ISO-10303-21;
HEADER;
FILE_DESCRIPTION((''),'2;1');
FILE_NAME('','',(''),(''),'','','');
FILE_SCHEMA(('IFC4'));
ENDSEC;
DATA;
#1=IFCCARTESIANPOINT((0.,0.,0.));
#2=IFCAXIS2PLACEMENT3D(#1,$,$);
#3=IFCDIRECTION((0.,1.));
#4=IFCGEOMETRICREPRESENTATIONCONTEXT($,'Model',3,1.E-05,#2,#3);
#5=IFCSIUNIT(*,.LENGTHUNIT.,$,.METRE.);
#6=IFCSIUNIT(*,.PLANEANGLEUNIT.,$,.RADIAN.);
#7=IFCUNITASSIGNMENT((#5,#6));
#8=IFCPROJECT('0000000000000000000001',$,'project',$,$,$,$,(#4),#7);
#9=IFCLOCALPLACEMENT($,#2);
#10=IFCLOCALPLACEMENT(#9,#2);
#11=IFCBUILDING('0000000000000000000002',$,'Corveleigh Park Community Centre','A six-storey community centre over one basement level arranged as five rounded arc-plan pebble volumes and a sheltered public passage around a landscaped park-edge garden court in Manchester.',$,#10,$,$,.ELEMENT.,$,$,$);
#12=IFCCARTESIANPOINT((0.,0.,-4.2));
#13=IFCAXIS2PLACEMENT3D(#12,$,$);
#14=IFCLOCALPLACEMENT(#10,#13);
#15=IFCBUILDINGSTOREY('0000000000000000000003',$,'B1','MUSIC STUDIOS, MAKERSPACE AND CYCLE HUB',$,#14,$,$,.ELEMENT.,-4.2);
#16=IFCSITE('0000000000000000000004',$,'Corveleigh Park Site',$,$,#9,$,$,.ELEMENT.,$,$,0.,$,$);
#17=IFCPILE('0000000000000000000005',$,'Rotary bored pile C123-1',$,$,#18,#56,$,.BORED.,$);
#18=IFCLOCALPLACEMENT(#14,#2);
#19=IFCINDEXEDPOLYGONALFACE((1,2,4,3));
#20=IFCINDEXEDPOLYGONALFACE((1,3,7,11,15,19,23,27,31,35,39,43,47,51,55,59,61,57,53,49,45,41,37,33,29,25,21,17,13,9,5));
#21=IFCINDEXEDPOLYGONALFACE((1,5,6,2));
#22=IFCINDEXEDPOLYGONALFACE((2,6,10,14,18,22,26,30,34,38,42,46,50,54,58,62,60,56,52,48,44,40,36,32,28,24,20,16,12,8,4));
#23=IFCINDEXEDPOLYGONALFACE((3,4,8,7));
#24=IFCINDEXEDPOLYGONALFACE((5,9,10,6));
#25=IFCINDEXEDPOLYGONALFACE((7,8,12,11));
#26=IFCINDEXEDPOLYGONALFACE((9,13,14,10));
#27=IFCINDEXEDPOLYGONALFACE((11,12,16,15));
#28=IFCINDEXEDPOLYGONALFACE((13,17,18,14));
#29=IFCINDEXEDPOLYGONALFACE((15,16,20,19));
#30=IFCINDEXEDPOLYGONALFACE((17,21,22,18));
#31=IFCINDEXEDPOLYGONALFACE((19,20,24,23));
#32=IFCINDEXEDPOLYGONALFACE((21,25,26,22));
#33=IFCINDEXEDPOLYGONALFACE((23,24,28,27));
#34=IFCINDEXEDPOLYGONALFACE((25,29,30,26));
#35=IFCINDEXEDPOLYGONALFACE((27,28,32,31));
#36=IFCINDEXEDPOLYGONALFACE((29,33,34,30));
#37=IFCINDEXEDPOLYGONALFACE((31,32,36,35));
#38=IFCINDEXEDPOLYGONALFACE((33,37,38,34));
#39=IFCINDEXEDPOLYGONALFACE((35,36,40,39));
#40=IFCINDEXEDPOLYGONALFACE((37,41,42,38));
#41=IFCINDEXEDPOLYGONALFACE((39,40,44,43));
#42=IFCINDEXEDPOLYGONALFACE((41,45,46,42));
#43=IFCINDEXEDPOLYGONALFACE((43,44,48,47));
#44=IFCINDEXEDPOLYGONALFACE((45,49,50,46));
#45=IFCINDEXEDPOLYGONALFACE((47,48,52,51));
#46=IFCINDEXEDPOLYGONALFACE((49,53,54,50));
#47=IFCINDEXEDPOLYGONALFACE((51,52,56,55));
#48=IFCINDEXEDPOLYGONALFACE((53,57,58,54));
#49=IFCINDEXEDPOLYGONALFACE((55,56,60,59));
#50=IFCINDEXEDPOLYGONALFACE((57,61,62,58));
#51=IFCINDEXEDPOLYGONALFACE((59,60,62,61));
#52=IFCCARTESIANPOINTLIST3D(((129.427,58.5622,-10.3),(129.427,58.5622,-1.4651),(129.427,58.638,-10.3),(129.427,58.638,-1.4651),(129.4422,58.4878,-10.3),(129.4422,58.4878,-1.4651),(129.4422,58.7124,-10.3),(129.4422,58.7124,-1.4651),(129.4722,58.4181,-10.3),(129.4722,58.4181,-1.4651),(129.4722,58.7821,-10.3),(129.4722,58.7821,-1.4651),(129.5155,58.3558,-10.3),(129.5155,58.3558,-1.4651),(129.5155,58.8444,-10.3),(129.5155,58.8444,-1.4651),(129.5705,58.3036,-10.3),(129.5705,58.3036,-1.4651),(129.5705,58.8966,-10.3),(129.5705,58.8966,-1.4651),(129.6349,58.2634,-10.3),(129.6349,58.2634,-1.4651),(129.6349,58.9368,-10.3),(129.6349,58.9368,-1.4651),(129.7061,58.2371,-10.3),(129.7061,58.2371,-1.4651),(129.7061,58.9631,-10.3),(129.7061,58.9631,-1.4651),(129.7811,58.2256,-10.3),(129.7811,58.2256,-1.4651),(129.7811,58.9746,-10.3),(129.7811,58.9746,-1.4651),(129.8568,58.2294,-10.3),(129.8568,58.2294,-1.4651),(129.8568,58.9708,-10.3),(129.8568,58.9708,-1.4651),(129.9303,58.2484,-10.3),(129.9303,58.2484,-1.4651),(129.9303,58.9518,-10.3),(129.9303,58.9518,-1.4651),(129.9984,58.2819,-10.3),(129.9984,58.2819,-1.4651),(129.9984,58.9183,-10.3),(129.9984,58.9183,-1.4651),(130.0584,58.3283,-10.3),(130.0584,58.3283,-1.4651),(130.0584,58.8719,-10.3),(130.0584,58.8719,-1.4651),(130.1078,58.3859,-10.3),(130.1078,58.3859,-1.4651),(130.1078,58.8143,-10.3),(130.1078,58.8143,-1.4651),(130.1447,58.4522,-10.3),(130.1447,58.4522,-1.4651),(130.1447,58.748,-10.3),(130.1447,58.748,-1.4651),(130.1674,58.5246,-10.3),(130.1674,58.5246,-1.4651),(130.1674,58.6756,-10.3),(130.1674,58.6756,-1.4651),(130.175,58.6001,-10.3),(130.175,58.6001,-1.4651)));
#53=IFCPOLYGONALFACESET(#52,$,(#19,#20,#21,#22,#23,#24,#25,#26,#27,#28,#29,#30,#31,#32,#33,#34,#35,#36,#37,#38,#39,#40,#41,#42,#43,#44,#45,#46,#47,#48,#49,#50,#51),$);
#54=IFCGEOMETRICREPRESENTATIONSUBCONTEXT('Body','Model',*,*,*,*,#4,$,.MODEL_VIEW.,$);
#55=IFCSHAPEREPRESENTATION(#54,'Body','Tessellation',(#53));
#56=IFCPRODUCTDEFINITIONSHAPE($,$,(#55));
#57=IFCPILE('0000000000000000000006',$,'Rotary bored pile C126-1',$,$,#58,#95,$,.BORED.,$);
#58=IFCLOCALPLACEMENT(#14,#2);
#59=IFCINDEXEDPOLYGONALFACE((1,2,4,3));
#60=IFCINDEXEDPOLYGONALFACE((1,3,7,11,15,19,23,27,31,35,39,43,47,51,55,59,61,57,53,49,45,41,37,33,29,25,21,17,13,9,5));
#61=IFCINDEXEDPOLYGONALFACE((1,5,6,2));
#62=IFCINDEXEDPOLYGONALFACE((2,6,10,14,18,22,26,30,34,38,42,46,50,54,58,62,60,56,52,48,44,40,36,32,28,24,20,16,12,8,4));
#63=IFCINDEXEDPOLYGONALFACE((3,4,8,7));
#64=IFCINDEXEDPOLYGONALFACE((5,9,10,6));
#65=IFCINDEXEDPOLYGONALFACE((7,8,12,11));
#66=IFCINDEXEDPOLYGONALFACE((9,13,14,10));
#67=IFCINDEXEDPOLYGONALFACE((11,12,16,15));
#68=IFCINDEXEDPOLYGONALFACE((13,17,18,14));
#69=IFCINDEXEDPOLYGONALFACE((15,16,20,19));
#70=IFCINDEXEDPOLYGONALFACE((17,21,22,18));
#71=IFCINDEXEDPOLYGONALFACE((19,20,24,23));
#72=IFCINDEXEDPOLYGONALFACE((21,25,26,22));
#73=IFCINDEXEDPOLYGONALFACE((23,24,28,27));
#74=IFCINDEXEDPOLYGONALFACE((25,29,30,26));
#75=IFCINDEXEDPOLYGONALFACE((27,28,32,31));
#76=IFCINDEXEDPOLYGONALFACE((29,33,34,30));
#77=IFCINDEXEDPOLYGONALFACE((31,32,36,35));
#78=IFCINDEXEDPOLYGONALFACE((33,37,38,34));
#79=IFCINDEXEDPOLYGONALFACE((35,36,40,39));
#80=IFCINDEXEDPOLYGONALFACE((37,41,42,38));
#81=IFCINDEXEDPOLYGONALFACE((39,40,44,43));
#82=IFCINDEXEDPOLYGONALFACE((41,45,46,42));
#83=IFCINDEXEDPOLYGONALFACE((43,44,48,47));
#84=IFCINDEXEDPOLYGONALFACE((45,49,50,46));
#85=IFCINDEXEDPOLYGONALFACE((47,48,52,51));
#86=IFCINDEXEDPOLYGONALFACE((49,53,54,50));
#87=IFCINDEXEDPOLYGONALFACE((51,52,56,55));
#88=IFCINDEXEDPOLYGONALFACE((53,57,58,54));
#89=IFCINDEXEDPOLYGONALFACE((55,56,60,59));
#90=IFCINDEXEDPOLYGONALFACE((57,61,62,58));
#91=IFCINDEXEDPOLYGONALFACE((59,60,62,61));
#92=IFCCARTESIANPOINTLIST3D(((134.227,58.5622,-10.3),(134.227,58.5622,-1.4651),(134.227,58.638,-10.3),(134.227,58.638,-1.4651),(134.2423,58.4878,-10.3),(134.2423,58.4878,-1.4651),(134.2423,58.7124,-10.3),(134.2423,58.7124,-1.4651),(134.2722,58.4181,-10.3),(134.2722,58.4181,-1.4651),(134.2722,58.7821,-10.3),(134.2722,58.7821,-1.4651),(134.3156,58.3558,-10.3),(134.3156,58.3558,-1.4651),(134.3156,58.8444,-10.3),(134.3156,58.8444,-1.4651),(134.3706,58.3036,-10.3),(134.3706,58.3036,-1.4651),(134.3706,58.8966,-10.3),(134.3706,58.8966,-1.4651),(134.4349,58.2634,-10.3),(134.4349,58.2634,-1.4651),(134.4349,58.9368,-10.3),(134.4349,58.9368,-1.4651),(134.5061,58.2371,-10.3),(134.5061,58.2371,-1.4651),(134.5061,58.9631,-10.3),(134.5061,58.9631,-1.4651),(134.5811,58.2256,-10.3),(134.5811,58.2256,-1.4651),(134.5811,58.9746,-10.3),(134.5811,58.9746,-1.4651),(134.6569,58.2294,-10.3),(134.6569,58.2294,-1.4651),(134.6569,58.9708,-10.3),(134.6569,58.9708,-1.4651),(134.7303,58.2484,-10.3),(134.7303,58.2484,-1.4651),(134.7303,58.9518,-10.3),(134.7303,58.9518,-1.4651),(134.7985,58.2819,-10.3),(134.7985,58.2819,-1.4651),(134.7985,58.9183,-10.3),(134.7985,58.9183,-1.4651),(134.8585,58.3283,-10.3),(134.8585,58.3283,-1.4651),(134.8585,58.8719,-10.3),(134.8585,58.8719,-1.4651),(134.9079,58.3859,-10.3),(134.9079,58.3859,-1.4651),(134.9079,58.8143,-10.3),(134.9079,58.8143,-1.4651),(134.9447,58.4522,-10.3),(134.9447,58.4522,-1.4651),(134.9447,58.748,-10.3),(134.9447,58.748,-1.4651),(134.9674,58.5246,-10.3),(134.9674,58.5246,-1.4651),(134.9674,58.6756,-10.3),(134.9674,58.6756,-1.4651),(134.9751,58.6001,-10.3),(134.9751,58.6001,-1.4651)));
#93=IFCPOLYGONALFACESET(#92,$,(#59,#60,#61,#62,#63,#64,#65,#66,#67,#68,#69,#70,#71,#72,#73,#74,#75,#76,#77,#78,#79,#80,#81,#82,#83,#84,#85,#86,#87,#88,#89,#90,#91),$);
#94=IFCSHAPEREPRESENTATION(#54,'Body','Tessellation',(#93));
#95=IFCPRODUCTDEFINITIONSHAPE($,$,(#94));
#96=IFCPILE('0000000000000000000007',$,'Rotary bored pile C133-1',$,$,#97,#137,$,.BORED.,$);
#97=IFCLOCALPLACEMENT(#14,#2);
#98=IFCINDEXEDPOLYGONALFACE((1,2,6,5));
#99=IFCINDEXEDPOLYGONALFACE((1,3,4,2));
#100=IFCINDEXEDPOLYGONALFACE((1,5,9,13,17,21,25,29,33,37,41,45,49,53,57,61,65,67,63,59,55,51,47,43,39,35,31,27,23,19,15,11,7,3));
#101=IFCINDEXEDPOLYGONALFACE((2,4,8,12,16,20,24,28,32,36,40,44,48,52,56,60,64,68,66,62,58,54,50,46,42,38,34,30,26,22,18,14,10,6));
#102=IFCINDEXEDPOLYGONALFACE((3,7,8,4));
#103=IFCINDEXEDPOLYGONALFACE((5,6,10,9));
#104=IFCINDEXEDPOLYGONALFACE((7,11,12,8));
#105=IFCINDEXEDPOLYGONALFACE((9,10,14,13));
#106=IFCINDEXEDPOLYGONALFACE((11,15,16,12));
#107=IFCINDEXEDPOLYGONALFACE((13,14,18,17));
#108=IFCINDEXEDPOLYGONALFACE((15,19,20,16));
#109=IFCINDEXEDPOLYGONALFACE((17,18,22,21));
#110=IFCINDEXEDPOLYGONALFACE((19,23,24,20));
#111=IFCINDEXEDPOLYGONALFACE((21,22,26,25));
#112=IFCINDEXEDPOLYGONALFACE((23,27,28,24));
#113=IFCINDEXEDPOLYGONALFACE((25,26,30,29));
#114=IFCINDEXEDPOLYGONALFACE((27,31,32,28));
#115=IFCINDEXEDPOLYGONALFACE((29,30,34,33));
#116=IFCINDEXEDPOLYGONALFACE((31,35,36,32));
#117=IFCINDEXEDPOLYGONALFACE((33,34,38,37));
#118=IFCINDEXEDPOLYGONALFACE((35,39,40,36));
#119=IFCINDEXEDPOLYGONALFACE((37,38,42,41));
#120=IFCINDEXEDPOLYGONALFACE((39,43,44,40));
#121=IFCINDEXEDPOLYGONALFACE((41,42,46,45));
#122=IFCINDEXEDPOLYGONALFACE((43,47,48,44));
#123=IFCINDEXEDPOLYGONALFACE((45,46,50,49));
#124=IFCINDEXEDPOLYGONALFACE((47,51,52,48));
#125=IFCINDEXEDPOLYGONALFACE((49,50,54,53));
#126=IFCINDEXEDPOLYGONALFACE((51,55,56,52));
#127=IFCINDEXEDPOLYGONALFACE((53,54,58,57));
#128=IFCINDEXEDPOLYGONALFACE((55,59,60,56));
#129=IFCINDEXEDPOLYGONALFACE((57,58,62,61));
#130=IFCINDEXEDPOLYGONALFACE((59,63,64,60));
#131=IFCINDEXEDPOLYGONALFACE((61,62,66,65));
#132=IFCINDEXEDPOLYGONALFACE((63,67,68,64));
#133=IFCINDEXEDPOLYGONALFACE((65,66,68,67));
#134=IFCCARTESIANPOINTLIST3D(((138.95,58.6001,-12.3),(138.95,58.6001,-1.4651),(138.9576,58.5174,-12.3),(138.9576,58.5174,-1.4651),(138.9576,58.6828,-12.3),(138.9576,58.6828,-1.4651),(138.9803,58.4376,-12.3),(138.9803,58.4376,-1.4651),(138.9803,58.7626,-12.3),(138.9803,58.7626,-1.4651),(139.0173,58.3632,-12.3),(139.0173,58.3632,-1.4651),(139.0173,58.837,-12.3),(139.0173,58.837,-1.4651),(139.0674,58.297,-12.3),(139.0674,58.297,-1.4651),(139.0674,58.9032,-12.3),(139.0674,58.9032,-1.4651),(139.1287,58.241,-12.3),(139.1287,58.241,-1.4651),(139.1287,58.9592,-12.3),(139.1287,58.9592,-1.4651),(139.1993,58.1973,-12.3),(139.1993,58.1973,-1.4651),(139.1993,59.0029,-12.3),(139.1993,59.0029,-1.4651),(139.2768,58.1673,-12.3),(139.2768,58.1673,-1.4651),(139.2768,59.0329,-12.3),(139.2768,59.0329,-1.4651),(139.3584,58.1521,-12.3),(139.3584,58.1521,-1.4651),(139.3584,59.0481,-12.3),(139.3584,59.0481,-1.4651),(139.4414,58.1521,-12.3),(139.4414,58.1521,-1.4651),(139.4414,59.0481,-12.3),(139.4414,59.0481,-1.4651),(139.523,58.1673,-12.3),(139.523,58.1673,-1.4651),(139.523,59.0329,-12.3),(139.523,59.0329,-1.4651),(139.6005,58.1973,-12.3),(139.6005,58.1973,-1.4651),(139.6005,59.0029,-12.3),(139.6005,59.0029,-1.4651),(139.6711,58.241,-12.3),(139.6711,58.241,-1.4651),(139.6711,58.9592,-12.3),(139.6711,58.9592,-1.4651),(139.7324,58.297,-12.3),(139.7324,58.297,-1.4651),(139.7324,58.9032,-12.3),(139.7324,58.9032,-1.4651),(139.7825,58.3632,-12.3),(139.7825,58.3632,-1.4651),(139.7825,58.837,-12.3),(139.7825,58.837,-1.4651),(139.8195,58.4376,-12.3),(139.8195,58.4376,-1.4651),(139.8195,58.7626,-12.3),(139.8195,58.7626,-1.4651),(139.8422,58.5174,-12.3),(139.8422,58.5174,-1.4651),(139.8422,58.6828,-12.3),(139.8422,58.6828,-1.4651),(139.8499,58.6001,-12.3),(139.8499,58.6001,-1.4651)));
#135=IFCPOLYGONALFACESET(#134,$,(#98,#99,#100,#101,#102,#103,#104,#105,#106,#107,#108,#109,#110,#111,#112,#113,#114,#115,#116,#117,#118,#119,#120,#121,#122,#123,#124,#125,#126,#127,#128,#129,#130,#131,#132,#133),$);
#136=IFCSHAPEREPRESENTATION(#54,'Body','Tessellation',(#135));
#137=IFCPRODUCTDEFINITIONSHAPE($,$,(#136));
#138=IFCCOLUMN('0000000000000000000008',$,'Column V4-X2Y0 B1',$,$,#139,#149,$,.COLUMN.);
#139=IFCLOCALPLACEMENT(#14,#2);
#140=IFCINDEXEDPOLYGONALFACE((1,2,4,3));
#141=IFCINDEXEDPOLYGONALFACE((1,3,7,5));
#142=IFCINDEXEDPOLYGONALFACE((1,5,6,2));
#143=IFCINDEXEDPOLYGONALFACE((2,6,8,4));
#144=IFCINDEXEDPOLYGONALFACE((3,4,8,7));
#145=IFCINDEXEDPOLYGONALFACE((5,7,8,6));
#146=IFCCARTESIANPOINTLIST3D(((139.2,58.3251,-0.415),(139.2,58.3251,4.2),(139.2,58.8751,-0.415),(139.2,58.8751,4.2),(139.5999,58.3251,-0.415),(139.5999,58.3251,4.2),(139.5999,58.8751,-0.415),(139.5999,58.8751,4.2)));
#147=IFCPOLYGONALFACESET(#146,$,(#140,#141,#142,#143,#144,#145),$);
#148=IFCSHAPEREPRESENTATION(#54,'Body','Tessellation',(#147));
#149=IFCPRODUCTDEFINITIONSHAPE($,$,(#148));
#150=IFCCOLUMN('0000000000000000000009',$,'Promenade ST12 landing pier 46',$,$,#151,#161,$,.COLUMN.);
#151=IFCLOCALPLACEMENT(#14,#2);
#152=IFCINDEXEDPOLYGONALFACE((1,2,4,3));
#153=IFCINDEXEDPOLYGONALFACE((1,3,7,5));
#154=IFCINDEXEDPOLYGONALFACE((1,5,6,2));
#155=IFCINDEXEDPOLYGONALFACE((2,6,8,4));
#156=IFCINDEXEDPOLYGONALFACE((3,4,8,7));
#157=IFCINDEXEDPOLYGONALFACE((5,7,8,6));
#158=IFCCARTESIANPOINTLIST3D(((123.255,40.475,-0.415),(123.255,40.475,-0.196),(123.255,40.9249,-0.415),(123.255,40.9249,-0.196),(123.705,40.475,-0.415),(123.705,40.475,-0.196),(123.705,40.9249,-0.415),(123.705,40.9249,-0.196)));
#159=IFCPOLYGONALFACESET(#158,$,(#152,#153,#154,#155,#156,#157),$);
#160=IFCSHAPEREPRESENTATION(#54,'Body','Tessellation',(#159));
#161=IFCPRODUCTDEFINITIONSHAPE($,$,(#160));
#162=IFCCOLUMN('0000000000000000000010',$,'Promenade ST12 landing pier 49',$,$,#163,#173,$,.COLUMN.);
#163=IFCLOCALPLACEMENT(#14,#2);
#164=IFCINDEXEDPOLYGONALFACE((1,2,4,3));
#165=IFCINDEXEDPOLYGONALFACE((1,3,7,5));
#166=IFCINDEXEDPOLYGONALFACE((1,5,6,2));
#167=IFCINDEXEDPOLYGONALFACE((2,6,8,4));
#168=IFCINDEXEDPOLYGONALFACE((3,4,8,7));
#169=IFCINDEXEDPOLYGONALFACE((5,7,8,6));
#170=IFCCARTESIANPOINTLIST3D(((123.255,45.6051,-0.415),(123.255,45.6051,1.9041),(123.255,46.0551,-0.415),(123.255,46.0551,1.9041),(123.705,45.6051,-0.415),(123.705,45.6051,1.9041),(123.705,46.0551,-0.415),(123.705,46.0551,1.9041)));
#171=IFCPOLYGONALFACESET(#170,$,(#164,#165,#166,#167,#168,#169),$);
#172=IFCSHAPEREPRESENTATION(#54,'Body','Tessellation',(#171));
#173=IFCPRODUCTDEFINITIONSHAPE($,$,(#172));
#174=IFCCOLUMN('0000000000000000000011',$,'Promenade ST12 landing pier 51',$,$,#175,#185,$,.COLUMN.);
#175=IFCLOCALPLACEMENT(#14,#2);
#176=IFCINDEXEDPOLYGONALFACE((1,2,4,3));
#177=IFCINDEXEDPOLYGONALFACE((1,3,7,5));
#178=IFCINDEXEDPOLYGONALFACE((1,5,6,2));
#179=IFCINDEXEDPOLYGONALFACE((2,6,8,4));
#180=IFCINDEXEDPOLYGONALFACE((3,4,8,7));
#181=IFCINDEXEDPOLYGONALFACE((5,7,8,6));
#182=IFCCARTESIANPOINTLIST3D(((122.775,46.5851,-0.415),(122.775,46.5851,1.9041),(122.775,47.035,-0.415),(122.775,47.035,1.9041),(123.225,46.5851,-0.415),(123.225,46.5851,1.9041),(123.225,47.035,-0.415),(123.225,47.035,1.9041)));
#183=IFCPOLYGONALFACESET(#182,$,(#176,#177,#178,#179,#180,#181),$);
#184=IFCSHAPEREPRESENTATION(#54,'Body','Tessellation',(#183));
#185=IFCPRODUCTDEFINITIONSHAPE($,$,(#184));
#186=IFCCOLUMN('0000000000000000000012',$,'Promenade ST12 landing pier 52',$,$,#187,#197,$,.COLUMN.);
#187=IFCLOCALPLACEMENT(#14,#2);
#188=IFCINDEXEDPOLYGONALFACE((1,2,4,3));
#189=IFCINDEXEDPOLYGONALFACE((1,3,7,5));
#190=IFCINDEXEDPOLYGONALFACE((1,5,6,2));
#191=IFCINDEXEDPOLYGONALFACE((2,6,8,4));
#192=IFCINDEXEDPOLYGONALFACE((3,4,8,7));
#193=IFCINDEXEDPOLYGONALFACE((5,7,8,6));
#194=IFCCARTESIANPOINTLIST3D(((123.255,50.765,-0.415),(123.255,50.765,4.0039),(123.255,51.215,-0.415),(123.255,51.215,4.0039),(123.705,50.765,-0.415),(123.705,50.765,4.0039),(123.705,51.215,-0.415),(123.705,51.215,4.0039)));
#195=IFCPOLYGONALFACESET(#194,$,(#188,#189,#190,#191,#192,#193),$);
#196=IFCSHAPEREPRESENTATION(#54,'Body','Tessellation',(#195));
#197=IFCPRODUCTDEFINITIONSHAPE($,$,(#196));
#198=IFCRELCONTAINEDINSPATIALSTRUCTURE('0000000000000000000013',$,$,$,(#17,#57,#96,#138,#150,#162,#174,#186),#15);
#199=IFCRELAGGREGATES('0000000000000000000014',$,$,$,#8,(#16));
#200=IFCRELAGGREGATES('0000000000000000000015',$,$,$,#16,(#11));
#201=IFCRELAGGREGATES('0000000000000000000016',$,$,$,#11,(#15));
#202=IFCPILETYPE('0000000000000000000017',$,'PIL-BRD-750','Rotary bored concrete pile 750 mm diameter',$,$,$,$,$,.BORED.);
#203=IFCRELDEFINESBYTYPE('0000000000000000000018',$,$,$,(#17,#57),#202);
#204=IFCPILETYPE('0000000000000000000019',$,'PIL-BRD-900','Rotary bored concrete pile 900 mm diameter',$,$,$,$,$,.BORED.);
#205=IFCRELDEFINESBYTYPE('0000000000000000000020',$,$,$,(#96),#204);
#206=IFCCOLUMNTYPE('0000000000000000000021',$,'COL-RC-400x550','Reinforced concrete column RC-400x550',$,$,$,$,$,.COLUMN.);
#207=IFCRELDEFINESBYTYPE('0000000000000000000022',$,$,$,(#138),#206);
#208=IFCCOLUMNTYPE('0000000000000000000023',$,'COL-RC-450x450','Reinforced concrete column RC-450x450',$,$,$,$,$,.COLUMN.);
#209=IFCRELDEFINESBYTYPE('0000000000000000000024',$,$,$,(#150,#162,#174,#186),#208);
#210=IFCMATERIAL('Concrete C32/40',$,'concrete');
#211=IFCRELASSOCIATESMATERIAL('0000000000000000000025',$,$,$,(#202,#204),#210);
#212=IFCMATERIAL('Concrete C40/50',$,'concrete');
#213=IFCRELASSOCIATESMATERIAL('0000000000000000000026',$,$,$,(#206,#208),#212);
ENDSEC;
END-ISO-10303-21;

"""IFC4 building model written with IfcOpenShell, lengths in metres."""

from ifc_helpers import new_model, si_unit, direction, frame, origin, origin_2d, place, context, subcontext, project, spatial, rectangle, circle, extrude, material, material_profile, profile_set, type_object, element, save


model = new_model("IFC4")

# Units and contexts
model_context = context("Model", 3, precision=1e-05, world=origin(), true_north=direction((0.0, 1.0)))
body_context = subcontext(model_context, "Body", "Model", "MODEL_VIEW")
ifc_project = project(units=[si_unit("LENGTHUNIT", "METRE"), si_unit("PLANEANGLEUNIT", "RADIAN")], contexts=[model_context])

# Site, building, storey
site_placement = place(None, origin())
site = spatial("IfcSite", under=ifc_project, at=site_placement, Name="Corveleigh Park Site", CompositionType="ELEMENT", RefElevation=0.0)
building_placement = place(site_placement, origin())
building = spatial("IfcBuilding", under=site, at=building_placement, Name="Corveleigh Park Community Centre", Description="A six-storey community centre over one basement level arranged as five rounded arc-plan pebble volumes and a sheltered public passage around a landscaped park-edge garden court in Manchester.", CompositionType="ELEMENT")
storey_placement = place(building_placement, frame((0.0, 0.0, -4.2)))
storey = spatial("IfcBuildingStorey", under=building, at=storey_placement, Name="B1", Description="MUSIC STUDIOS, MAKERSPACE AND CYCLE HUB", CompositionType="ELEMENT", Elevation=-4.2)

# Shared definitions
ifc_material_1 = material(Name="Concrete C40/50", Category="concrete")

# Piles
ifc_material_2 = material(Name="Concrete C32/40", Category="concrete")
ifc_material_profile_1 = material_profile(ifc_material_2, circle(Radius=0.375, at=origin_2d()), Name="BORED-PILE-750", Category="concrete")
ifc_profile_set_1 = profile_set([ifc_material_profile_1], Name="Concrete C32/40")
pile_type_1 = type_object("IfcPileType", Name="PIL-BRD-750", Description="Rotary bored concrete pile 750 mm diameter", PredefinedType="BORED", material=ifc_profile_set_1)
for number, where, z_axis, x_axis, name in (
    (1, (129.8, 58.6001, -1.4651), (0.0, 0.0, -1.0), (1.0, 0.0, 0.0), "Rotary bored pile C123-1"),
    (2, (134.6001, 58.6001, -1.4651), (0.0, 0.0, -1.0), (1.0, 0.0, 0.0), "Rotary bored pile C126-1"),
):
    element("IfcPile", number, at=place(storey_placement, frame(where, z_axis=z_axis, x_axis=x_axis)), inside=storey, type_object=pile_type_1, Name=name, PredefinedType="BORED", context=body_context, shape_type="SweptSolid", body=[
        extrude(circle(Radius=0.375, at=origin_2d()), origin(), (0.0, 0.0, 1.0), 8.835),
    ])
ifc_material_profile_2 = material_profile(ifc_material_2, circle(Radius=0.45, at=origin_2d()), Name="BORED-PILE-900", Category="concrete")
ifc_profile_set_2 = profile_set([ifc_material_profile_2], Name="Concrete C32/40")
pile_type_2 = type_object("IfcPileType", Name="PIL-BRD-900", Description="Rotary bored concrete pile 900 mm diameter", PredefinedType="BORED", material=ifc_profile_set_2)
pile_placement = place(storey_placement, frame((139.3999, 58.6001, -1.4651), z_axis=(0.0, 0.0, -1.0), x_axis=(1.0, 0.0, 0.0)))
element("IfcPile", 3, at=pile_placement, inside=storey, type_object=pile_type_2, Name="Rotary bored pile C133-1", PredefinedType="BORED", context=body_context, shape_type="SweptSolid", body=[
    extrude(circle(Radius=0.45, at=origin_2d()), origin(), (0.0, 0.0, 1.0), 10.835),
])

# Columns
ifc_material_profile_3 = material_profile(ifc_material_1, rectangle(XDim=0.3999, YDim=0.55, at=origin_2d()), Name="RC-400x550", Category="concrete")
ifc_profile_set_3 = profile_set([ifc_material_profile_3], Name="Concrete C40/50")
column_type_1 = type_object("IfcColumnType", Name="COL-RC-400x550", Description="Reinforced concrete column RC-400x550", PredefinedType="COLUMN", material=ifc_profile_set_3)
column_1_placement = place(storey_placement, frame((139.3999, 58.6001, -0.415), z_axis=(0.0, 0.0, 1.0), x_axis=(1.0, 0.0, 0.0)))
element("IfcColumn", 4, at=column_1_placement, inside=storey, type_object=column_type_1, Name="Column V4-X2Y0 B1", PredefinedType="COLUMN", context=body_context, shape_type="SweptSolid", body=[
    extrude(rectangle(XDim=0.3999, YDim=0.55, at=origin_2d()), origin(), (0.0, 0.0, 1.0), 4.615),
])
ifc_material_profile_4 = material_profile(ifc_material_1, rectangle(XDim=0.45, YDim=0.45, at=origin_2d()), Name="RC-450x450", Category="concrete")
ifc_profile_set_4 = profile_set([ifc_material_profile_4], Name="Concrete C40/50")
column_type_2 = type_object("IfcColumnType", Name="COL-RC-450x450", Description="Reinforced concrete column RC-450x450", PredefinedType="COLUMN", material=ifc_profile_set_4)
column_2_placement = place(storey_placement, frame((123.48, 40.7, -0.415), z_axis=(0.0, 0.0, 1.0), x_axis=(1.0, 0.0, 0.0)))
element("IfcColumn", 5, at=column_2_placement, inside=storey, type_object=column_type_2, Name="Promenade ST12 landing pier 46", PredefinedType="COLUMN", context=body_context, shape_type="SweptSolid", body=[
    extrude(rectangle(XDim=0.45, YDim=0.45, at=origin_2d()), origin(), (0.0, 0.0, 1.0), 0.219),
])
for number, where, z_axis, x_axis, name in (
    (6, (123.48, 45.8301, -0.415), (0.0, 0.0, 1.0), (1.0, 0.0, 0.0), "Promenade ST12 landing pier 49"),
    (7, (123.0, 46.8101, -0.415), (0.0, 0.0, 1.0), (1.0, 0.0, 0.0), "Promenade ST12 landing pier 51"),
):
    element("IfcColumn", number, at=place(storey_placement, frame(where, z_axis=z_axis, x_axis=x_axis)), inside=storey, type_object=column_type_2, Name=name, PredefinedType="COLUMN", context=body_context, shape_type="SweptSolid", body=[
        extrude(rectangle(XDim=0.45, YDim=0.45, at=origin_2d()), origin(), (0.0, 0.0, 1.0), 2.3191),
    ])
for number, where, z_axis, x_axis, name in (
    (8, (123.48, 50.99, -0.415), (0.0, 0.0, 1.0), (1.0, 0.0, 0.0), "Promenade ST12 landing pier 52"),
):
    element("IfcColumn", number, at=place(storey_placement, frame(where, z_axis=z_axis, x_axis=x_axis)), inside=storey, type_object=column_type_2, Name=name, PredefinedType="COLUMN", context=body_context, shape_type="SweptSolid", body=[
        extrude(rectangle(XDim=0.45, YDim=0.45, at=origin_2d()), origin(), (0.0, 0.0, 1.0), 4.4189),
    ])

save(model, "model.ifc")
